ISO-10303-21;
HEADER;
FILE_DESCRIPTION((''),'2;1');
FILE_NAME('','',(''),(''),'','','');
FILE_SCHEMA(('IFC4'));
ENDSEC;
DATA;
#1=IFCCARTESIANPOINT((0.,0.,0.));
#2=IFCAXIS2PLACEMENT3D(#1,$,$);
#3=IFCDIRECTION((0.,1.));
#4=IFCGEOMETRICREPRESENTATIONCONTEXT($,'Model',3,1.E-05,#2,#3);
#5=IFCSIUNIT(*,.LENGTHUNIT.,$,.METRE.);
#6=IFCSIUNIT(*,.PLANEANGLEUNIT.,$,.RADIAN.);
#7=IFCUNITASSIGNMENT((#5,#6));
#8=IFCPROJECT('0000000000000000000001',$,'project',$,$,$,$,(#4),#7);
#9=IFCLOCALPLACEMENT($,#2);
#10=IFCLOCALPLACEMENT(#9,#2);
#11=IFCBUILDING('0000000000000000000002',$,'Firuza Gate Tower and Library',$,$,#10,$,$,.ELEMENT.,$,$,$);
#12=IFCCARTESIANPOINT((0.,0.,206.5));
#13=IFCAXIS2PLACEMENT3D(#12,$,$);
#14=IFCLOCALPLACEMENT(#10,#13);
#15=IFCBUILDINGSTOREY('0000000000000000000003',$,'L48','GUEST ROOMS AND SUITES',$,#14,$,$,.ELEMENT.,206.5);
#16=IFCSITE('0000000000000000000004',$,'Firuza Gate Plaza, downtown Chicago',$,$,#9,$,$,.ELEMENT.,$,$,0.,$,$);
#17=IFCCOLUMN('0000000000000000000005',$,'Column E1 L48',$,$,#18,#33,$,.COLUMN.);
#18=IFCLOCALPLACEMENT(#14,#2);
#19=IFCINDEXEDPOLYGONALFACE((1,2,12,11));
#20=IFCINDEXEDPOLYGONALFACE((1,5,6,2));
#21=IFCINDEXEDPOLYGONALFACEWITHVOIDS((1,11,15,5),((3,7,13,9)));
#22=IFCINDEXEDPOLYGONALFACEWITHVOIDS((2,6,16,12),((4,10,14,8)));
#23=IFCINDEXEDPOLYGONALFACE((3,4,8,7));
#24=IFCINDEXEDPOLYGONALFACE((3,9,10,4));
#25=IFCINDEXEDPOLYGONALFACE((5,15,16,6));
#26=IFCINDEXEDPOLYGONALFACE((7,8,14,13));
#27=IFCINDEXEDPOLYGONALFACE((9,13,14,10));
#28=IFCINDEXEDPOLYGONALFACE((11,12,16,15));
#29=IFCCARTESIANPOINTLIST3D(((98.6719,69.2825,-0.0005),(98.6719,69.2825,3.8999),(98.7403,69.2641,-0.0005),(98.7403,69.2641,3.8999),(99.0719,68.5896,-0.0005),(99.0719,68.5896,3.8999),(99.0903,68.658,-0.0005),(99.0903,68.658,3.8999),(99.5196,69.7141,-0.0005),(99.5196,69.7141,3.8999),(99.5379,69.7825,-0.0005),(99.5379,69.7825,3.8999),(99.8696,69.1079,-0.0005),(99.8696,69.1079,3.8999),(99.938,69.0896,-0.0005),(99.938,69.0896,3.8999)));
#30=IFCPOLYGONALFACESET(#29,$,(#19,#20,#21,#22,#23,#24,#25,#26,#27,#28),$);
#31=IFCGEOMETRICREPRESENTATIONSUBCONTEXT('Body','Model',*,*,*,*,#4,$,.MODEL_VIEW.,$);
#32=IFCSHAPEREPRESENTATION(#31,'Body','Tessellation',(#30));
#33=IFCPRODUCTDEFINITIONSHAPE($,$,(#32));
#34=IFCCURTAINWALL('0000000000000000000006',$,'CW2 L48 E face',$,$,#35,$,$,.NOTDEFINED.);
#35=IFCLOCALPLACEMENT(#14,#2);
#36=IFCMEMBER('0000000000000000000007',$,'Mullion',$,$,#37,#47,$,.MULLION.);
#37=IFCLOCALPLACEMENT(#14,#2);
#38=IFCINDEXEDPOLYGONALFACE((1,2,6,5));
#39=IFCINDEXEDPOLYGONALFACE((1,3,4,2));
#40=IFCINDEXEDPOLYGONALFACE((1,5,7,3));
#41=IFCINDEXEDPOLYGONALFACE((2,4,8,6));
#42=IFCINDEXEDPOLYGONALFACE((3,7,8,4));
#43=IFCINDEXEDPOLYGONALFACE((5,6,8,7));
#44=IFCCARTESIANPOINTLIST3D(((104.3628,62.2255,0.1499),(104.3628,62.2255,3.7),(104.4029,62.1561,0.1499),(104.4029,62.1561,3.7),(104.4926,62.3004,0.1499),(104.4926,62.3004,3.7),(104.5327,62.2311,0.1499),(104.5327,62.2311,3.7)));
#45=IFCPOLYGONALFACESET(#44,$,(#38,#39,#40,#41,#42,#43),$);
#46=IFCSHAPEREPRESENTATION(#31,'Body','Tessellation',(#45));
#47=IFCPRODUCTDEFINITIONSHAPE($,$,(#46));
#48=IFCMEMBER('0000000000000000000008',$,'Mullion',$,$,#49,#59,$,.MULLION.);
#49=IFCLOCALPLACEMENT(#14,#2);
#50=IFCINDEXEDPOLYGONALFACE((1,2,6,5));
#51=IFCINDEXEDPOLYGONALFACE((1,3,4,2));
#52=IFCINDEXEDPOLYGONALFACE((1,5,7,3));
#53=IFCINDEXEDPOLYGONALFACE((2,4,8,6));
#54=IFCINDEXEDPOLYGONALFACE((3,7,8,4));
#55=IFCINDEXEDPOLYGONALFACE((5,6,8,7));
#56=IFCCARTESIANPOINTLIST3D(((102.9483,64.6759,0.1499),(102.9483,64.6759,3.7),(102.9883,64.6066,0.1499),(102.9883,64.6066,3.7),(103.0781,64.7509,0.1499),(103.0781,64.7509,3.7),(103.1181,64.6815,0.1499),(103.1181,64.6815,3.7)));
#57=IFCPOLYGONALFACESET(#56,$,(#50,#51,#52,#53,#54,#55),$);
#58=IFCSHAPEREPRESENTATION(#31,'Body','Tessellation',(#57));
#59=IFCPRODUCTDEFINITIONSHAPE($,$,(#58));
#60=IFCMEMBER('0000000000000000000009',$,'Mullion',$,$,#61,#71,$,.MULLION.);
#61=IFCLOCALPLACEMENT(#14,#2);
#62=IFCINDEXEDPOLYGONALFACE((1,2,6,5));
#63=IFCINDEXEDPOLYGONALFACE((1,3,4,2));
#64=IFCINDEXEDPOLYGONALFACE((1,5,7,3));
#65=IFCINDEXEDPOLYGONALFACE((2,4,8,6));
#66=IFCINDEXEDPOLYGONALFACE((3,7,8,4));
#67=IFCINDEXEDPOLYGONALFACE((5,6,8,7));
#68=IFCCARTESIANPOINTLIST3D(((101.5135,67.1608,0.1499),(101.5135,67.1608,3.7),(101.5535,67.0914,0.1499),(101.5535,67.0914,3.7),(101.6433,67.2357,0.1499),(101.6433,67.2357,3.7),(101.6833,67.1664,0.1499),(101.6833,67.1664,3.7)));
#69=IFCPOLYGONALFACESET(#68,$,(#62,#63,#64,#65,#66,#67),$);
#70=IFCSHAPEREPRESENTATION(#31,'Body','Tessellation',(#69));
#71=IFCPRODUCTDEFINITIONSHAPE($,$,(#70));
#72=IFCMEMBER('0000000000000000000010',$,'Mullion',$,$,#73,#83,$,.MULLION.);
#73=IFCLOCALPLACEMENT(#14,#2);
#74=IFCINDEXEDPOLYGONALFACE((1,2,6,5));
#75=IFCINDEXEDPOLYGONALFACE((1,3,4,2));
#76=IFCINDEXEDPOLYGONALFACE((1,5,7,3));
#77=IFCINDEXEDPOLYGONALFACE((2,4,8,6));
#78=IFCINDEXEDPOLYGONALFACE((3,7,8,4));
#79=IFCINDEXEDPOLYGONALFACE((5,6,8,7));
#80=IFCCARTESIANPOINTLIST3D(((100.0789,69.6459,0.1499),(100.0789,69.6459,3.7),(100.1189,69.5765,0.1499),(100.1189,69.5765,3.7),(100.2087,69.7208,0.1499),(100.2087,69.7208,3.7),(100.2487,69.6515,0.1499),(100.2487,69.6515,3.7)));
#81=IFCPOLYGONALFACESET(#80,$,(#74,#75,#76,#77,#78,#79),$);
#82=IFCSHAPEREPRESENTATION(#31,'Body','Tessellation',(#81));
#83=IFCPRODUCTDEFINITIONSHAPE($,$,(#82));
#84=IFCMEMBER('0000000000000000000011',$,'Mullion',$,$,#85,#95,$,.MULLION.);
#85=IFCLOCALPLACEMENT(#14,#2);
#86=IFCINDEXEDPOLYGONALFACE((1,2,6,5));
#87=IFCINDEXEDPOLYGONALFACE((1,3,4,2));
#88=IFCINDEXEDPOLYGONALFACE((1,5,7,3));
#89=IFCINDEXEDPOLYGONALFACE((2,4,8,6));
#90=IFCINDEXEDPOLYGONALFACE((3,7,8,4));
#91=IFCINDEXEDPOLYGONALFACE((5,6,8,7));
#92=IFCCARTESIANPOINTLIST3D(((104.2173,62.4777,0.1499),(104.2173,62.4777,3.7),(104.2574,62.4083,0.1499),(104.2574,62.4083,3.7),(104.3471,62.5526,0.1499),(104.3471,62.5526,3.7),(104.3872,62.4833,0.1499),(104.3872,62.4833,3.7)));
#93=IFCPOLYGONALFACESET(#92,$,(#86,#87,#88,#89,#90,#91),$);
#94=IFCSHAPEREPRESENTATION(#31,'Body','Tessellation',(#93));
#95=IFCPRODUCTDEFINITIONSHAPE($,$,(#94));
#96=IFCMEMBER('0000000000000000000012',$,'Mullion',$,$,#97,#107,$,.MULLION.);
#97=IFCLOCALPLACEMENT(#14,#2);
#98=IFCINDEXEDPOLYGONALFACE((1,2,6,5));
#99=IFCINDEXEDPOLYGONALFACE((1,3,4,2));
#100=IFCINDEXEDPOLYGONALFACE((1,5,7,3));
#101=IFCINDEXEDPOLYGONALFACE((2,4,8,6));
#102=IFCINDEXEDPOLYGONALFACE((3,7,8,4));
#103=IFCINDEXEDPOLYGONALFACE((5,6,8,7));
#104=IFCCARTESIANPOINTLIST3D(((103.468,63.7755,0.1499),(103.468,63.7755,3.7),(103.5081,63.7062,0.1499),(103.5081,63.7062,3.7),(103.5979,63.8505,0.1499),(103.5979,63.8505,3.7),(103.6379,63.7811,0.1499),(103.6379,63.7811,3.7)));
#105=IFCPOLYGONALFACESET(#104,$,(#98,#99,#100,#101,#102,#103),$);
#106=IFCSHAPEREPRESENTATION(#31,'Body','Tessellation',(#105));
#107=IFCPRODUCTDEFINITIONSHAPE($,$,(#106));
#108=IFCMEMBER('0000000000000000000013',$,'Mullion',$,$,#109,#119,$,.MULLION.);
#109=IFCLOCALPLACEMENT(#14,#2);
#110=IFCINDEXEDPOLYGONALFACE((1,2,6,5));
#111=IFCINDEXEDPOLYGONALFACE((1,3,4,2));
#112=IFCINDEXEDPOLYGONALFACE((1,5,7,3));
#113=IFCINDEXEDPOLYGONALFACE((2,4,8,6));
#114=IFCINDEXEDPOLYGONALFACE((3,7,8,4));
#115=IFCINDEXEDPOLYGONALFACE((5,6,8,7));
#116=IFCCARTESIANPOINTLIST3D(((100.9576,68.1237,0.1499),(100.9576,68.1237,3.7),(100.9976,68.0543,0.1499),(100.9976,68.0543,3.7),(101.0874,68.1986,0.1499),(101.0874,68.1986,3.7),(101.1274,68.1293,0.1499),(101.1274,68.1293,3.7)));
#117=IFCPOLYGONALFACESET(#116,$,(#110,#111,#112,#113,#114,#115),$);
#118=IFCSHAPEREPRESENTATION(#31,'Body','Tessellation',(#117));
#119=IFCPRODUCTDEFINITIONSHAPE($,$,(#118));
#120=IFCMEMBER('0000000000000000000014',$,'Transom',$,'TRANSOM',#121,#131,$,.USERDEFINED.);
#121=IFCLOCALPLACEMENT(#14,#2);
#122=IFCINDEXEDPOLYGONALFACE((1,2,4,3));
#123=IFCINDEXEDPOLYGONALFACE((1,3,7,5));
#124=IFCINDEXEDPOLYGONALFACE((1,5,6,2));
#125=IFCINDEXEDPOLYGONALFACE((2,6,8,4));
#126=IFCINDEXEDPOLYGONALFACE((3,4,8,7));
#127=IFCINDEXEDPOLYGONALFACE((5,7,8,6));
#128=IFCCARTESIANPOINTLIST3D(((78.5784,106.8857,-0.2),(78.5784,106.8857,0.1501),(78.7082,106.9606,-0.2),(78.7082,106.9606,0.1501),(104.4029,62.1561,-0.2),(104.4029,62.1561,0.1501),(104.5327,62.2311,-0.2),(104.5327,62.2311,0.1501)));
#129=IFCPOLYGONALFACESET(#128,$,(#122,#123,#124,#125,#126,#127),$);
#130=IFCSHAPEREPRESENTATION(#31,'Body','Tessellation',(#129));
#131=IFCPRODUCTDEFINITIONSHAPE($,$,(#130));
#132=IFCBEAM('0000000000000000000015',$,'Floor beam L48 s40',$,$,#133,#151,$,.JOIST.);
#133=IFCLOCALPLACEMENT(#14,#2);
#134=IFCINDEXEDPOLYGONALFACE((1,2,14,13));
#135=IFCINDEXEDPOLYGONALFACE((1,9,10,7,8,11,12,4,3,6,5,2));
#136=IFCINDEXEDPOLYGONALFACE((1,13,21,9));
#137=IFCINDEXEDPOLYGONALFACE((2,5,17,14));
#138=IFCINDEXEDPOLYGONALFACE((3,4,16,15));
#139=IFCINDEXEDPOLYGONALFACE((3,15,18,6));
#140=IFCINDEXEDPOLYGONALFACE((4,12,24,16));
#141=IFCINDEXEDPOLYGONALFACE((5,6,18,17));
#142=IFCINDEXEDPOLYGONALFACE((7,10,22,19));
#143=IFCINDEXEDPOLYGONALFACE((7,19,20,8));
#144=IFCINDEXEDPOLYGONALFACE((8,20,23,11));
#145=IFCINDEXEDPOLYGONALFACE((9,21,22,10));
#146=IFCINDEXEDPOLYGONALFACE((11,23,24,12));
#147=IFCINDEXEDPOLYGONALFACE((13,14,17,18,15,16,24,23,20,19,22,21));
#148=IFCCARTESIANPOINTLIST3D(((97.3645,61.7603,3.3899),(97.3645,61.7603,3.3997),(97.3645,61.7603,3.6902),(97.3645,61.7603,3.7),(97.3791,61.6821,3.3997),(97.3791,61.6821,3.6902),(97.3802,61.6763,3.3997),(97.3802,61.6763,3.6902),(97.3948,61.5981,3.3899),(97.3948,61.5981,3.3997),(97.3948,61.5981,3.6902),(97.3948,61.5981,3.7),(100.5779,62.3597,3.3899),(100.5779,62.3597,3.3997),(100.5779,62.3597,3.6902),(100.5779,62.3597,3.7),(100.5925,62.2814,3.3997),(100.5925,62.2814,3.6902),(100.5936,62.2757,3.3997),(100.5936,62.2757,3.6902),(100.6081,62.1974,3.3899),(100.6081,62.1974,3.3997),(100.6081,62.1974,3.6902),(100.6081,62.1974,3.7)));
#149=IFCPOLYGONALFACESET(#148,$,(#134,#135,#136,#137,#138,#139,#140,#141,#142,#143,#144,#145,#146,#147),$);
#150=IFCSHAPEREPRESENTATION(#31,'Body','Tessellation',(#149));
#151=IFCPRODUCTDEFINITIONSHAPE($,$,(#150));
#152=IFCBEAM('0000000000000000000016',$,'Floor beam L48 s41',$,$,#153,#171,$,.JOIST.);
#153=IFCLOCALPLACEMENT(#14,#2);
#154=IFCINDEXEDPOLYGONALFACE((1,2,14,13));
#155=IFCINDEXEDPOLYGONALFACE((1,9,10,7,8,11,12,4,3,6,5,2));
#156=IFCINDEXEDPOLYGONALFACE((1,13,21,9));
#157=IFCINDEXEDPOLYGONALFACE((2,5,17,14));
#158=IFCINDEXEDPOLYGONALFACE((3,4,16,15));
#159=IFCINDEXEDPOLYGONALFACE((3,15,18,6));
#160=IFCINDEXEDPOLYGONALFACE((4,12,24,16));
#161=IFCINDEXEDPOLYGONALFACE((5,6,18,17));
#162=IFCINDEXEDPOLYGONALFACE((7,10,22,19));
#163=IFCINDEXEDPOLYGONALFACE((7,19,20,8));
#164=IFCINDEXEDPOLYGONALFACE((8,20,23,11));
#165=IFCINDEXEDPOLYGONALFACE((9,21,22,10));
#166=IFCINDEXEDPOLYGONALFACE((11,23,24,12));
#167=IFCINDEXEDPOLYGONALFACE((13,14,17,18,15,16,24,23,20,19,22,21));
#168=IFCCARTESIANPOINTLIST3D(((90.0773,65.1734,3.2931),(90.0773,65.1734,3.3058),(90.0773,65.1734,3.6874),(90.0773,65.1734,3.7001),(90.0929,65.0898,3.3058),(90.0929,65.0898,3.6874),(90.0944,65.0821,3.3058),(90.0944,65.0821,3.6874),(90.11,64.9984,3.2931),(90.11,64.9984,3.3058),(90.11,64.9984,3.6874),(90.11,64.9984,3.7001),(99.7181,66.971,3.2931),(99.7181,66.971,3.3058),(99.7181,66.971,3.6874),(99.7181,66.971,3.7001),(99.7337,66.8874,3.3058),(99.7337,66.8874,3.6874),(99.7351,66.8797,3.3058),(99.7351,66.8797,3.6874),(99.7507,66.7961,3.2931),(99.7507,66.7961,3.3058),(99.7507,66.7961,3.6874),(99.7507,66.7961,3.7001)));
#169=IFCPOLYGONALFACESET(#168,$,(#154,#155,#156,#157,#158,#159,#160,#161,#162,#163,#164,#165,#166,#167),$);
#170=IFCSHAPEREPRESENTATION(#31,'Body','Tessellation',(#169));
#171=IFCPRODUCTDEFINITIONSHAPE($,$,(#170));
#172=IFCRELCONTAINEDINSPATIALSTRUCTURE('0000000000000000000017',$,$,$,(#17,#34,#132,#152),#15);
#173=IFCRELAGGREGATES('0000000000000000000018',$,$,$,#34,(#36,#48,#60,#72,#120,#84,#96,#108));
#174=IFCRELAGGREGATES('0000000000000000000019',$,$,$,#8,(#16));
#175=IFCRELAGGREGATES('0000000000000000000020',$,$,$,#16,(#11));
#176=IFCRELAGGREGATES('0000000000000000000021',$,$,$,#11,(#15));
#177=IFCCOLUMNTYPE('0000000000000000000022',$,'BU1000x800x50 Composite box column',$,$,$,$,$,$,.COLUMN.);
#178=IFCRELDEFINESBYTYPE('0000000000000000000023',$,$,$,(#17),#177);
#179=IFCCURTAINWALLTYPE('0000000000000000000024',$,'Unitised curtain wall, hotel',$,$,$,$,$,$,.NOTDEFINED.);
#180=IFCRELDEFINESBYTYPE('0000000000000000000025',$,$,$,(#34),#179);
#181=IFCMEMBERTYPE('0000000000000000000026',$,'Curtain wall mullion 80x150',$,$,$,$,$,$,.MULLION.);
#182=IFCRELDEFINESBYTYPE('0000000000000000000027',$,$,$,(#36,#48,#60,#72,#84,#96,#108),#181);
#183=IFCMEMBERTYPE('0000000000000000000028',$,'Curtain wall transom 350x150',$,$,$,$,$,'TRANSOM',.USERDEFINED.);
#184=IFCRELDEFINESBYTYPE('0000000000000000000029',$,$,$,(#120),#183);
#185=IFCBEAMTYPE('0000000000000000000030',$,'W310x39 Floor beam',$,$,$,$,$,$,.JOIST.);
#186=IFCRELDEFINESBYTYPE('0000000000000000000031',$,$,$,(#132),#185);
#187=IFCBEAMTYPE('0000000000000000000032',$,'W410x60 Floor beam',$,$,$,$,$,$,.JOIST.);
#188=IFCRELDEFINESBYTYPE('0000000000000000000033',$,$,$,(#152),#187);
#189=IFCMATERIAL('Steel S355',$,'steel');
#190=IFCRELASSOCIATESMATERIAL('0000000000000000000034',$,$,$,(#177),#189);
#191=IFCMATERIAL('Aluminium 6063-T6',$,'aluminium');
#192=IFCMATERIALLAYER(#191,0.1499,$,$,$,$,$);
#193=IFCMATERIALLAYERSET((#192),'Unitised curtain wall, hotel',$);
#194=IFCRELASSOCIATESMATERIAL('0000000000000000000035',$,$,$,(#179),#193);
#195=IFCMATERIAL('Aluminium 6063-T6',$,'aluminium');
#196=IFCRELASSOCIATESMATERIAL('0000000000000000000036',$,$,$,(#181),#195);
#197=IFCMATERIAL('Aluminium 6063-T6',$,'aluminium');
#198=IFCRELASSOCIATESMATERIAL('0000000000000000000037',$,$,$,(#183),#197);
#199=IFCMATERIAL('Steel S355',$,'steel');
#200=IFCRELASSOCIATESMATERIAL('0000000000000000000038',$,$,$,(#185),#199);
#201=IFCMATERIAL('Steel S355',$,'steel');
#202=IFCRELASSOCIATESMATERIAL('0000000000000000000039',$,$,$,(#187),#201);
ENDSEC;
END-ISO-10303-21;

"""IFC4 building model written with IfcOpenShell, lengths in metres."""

from ifc_helpers import new_model, si_unit, direction, frame, origin, origin_2d, place, context, subcontext, project, spatial, rectangle, hollow_rectangle, i_section, extrude, material, layer, layer_set, material_profile, profile_set, type_object, element, aggregate, save


model = new_model("IFC4")

# Units and contexts
model_context = context("Model", 3, precision=1e-05, world=origin(), true_north=direction((0.0, 1.0)))
body_context = subcontext(model_context, "Body", "Model", "MODEL_VIEW")
ifc_project = project(units=[si_unit("LENGTHUNIT", "METRE"), si_unit("PLANEANGLEUNIT", "RADIAN")], contexts=[model_context])

# Site, building, storey
site_placement = place(None, origin())
site = spatial("IfcSite", under=ifc_project, at=site_placement, Name="Firuza Gate Plaza, downtown Chicago", CompositionType="ELEMENT", RefElevation=0.0)
building_placement = place(site_placement, origin())
building = spatial("IfcBuilding", under=site, at=building_placement, Name="Firuza Gate Tower and Library", CompositionType="ELEMENT")
storey_placement = place(building_placement, frame((0.0, 0.0, 206.5)))
storey = spatial("IfcBuildingStorey", under=building, at=storey_placement, Name="L48", Description="GUEST ROOMS AND SUITES", CompositionType="ELEMENT", Elevation=206.5)

# Column
ifc_material_1 = material(Name="Steel S355", Category="steel")
ifc_material_profile_1 = material_profile(ifc_material_1, hollow_rectangle(XDim=0.8, YDim=1.0, WallThickness=0.05, at=origin_2d()))
ifc_profile_set_1 = profile_set([ifc_material_profile_1], Name="Steel S355")
column_type = type_object("IfcColumnType", Name="BU1000x800x50 Composite box column", PredefinedType="COLUMN", material=ifc_profile_set_1)
column_placement = place(storey_placement, frame((99.3049, 69.186, -0.0005), z_axis=(0.0, 0.0, 1.0), x_axis=(-0.5, 0.866025, 0.0)))
element("IfcColumn", 1, at=column_placement, inside=storey, type_object=column_type, Name="Column E1 L48", PredefinedType="COLUMN", context=body_context, shape_type="SweptSolid", body=[
    extrude(hollow_rectangle(XDim=0.8, YDim=1.0, WallThickness=0.05, at=origin_2d()), origin(), (0.0, 0.0, 1.0), 3.9004),
])

# Curtain wall, members
ifc_material_2 = material(Name="Aluminium 6063-T6", Category="aluminium")
ifc_layer_1 = layer(ifc_material_2, 0.1499)
ifc_layer_set_1 = layer_set([ifc_layer_1], Name="Unitised curtain wall, hotel")
curtain_wall_type = type_object("IfcCurtainWallType", Name="Unitised curtain wall, hotel", PredefinedType="NOTDEFINED", material=ifc_layer_set_1)
curtain_wall_placement = place(storey_placement, origin())
curtain_wall = element("IfcCurtainWall", 2, at=curtain_wall_placement, inside=storey, type_object=curtain_wall_type, Name="CW2 L48 E face", PredefinedType="NOTDEFINED")
ifc_material_3 = material(Name="Aluminium 6063-T6", Category="aluminium")
ifc_material_profile_2 = material_profile(ifc_material_3, rectangle(XDim=0.1499, YDim=0.0801, at=origin_2d()))
ifc_profile_set_2 = profile_set([ifc_material_profile_2], Name="Aluminium 6063-T6")
member_type_1 = type_object("IfcMemberType", Name="Curtain wall mullion 80x150", PredefinedType="MULLION", material=ifc_profile_set_2)
member_1_placement = place(storey_placement, frame((104.4478, 62.2283, 0.1499), z_axis=(0.0, 0.0, 1.0), x_axis=(-0.866025, -0.5, 0.0)))
member_1 = element("IfcMember", 3, at=member_1_placement, type_object=member_type_1, Name="Mullion", PredefinedType="MULLION", context=body_context, shape_type="SweptSolid", body=[
    extrude(rectangle(XDim=0.1499, YDim=0.0801, at=origin_2d()), origin(), (0.0, 0.0, 1.0), 3.55),
])
member_2_placement = place(storey_placement, frame((103.0332, 64.6787, 0.1499), z_axis=(0.0, 0.0, 1.0), x_axis=(-0.866025, -0.5, 0.0)))
member_2 = element("IfcMember", 4, at=member_2_placement, type_object=member_type_1, Name="Mullion", PredefinedType="MULLION", context=body_context, shape_type="SweptSolid", body=[
    extrude(rectangle(XDim=0.1499, YDim=0.0801, at=origin_2d()), origin(), (0.0, 0.0, 1.0), 3.55),
])
member_3_placement = place(storey_placement, frame((101.5984, 67.1636, 0.1499), z_axis=(0.0, 0.0, 1.0), x_axis=(-0.866025, -0.5, 0.0)))
member_3 = element("IfcMember", 5, at=member_3_placement, type_object=member_type_1, Name="Mullion", PredefinedType="MULLION", context=body_context, shape_type="SweptSolid", body=[
    extrude(rectangle(XDim=0.1499, YDim=0.0801, at=origin_2d()), origin(), (0.0, 0.0, 1.0), 3.55),
])
member_4_placement = place(storey_placement, frame((100.1638, 69.6487, 0.1499), z_axis=(0.0, 0.0, 1.0), x_axis=(-0.866025, -0.5, 0.0)))
member_4 = element("IfcMember", 6, at=member_4_placement, type_object=member_type_1, Name="Mullion", PredefinedType="MULLION", context=body_context, shape_type="SweptSolid", body=[
    extrude(rectangle(XDim=0.1499, YDim=0.0801, at=origin_2d()), origin(), (0.0, 0.0, 1.0), 3.55),
])
member_5_placement = place(storey_placement, frame((104.3022, 62.4805, 0.1499), z_axis=(0.0, 0.0, 1.0), x_axis=(-0.866025, -0.5, 0.0)))
member_5 = element("IfcMember", 7, at=member_5_placement, type_object=member_type_1, Name="Mullion", PredefinedType="MULLION", context=body_context, shape_type="SweptSolid", body=[
    extrude(rectangle(XDim=0.1499, YDim=0.0801, at=origin_2d()), origin(), (0.0, 0.0, 1.0), 3.55),
])
member_6_placement = place(storey_placement, frame((103.553, 63.7783, 0.1499), z_axis=(0.0, 0.0, 1.0), x_axis=(-0.866025, -0.5, 0.0)))
member_6 = element("IfcMember", 8, at=member_6_placement, type_object=member_type_1, Name="Mullion", PredefinedType="MULLION", context=body_context, shape_type="SweptSolid", body=[
    extrude(rectangle(XDim=0.1499, YDim=0.0801, at=origin_2d()), origin(), (0.0, 0.0, 1.0), 3.55),
])
member_7_placement = place(storey_placement, frame((101.0425, 68.1265, 0.1499), z_axis=(0.0, 0.0, 1.0), x_axis=(-0.866025, -0.5, 0.0)))
member_7 = element("IfcMember", 9, at=member_7_placement, type_object=member_type_1, Name="Mullion", PredefinedType="MULLION", context=body_context, shape_type="SweptSolid", body=[
    extrude(rectangle(XDim=0.1499, YDim=0.0801, at=origin_2d()), origin(), (0.0, 0.0, 1.0), 3.55),
])
ifc_material_4 = material(Name="Aluminium 6063-T6", Category="aluminium")
ifc_material_profile_3 = material_profile(ifc_material_4, rectangle(XDim=0.1499, YDim=0.3501, at=origin_2d()))
ifc_profile_set_3 = profile_set([ifc_material_profile_3], Name="Aluminium 6063-T6")
member_type_2 = type_object("IfcMemberType", Name="Curtain wall transom 350x150", ElementType="TRANSOM", PredefinedType="USERDEFINED", material=ifc_profile_set_3)
member_8_placement = place(storey_placement, frame((104.4678, 62.1936, -0.0249), z_axis=(-0.499998, 0.866026, 0.0), x_axis=(-0.866026, -0.499998, 0.0)))
member_8 = element("IfcMember", 10, at=member_8_placement, type_object=member_type_2, Name="Transom", ObjectType="TRANSOM", PredefinedType="USERDEFINED", context=body_context, shape_type="SweptSolid", body=[
    extrude(rectangle(XDim=0.1499, YDim=0.3501, at=origin_2d()), origin(), (0.0, 0.0, 1.0), 51.6492),
])

# Beams
ifc_material_5 = material(Name="Steel S355", Category="steel")
ifc_material_profile_4 = material_profile(ifc_material_5, i_section(OverallWidth=0.165, OverallDepth=0.3101, WebThickness=0.0059, FlangeThickness=0.0098, at=origin_2d()))
ifc_profile_set_4 = profile_set([ifc_material_profile_4], Name="Steel S355")
beam_type_1 = type_object("IfcBeamType", Name="W310x39 Floor beam", PredefinedType="JOIST", material=ifc_profile_set_4)
beam_1_placement = place(storey_placement, frame((100.593, 62.2786, 3.5449), z_axis=(-0.983046, -0.18336, 0.0), x_axis=(0.18336, -0.983046, 0.0)))
element("IfcBeam", 11, at=beam_1_placement, inside=storey, type_object=beam_type_1, Name="Floor beam L48 s40", PredefinedType="JOIST", context=body_context, shape_type="SweptSolid", body=[
    extrude(i_section(OverallWidth=0.165, OverallDepth=0.3101, WebThickness=0.0059, FlangeThickness=0.0098, at=origin_2d()), origin(), (0.0, 0.0, 1.0), 3.2688),
])
ifc_material_6 = material(Name="Steel S355", Category="steel")
ifc_material_profile_5 = material_profile(ifc_material_6, i_section(OverallWidth=0.178, OverallDepth=0.407, WebThickness=0.0078, FlangeThickness=0.0127, at=origin_2d()))
ifc_profile_set_5 = profile_set([ifc_material_profile_5], Name="Steel S355")
beam_type_2 = type_object("IfcBeamType", Name="W410x60 Floor beam", PredefinedType="JOIST", material=ifc_profile_set_5)
beam_2_placement = place(storey_placement, frame((99.7344, 66.8835, 3.4966), z_axis=(-0.983057, -0.183302, 0.0), x_axis=(0.183302, -0.983057, 0.0)))
element("IfcBeam", 12, at=beam_2_placement, inside=storey, type_object=beam_type_2, Name="Floor beam L48 s41", PredefinedType="JOIST", context=body_context, shape_type="SweptSolid", body=[
    extrude(i_section(OverallWidth=0.178, OverallDepth=0.407, WebThickness=0.0078, FlangeThickness=0.0127, at=origin_2d()), origin(), (0.0, 0.0, 1.0), 9.8069),
])

aggregate(curtain_wall, [member_1, member_2, member_3, member_4, member_8, member_5, member_6, member_7])

save(model, "model.ifc")
